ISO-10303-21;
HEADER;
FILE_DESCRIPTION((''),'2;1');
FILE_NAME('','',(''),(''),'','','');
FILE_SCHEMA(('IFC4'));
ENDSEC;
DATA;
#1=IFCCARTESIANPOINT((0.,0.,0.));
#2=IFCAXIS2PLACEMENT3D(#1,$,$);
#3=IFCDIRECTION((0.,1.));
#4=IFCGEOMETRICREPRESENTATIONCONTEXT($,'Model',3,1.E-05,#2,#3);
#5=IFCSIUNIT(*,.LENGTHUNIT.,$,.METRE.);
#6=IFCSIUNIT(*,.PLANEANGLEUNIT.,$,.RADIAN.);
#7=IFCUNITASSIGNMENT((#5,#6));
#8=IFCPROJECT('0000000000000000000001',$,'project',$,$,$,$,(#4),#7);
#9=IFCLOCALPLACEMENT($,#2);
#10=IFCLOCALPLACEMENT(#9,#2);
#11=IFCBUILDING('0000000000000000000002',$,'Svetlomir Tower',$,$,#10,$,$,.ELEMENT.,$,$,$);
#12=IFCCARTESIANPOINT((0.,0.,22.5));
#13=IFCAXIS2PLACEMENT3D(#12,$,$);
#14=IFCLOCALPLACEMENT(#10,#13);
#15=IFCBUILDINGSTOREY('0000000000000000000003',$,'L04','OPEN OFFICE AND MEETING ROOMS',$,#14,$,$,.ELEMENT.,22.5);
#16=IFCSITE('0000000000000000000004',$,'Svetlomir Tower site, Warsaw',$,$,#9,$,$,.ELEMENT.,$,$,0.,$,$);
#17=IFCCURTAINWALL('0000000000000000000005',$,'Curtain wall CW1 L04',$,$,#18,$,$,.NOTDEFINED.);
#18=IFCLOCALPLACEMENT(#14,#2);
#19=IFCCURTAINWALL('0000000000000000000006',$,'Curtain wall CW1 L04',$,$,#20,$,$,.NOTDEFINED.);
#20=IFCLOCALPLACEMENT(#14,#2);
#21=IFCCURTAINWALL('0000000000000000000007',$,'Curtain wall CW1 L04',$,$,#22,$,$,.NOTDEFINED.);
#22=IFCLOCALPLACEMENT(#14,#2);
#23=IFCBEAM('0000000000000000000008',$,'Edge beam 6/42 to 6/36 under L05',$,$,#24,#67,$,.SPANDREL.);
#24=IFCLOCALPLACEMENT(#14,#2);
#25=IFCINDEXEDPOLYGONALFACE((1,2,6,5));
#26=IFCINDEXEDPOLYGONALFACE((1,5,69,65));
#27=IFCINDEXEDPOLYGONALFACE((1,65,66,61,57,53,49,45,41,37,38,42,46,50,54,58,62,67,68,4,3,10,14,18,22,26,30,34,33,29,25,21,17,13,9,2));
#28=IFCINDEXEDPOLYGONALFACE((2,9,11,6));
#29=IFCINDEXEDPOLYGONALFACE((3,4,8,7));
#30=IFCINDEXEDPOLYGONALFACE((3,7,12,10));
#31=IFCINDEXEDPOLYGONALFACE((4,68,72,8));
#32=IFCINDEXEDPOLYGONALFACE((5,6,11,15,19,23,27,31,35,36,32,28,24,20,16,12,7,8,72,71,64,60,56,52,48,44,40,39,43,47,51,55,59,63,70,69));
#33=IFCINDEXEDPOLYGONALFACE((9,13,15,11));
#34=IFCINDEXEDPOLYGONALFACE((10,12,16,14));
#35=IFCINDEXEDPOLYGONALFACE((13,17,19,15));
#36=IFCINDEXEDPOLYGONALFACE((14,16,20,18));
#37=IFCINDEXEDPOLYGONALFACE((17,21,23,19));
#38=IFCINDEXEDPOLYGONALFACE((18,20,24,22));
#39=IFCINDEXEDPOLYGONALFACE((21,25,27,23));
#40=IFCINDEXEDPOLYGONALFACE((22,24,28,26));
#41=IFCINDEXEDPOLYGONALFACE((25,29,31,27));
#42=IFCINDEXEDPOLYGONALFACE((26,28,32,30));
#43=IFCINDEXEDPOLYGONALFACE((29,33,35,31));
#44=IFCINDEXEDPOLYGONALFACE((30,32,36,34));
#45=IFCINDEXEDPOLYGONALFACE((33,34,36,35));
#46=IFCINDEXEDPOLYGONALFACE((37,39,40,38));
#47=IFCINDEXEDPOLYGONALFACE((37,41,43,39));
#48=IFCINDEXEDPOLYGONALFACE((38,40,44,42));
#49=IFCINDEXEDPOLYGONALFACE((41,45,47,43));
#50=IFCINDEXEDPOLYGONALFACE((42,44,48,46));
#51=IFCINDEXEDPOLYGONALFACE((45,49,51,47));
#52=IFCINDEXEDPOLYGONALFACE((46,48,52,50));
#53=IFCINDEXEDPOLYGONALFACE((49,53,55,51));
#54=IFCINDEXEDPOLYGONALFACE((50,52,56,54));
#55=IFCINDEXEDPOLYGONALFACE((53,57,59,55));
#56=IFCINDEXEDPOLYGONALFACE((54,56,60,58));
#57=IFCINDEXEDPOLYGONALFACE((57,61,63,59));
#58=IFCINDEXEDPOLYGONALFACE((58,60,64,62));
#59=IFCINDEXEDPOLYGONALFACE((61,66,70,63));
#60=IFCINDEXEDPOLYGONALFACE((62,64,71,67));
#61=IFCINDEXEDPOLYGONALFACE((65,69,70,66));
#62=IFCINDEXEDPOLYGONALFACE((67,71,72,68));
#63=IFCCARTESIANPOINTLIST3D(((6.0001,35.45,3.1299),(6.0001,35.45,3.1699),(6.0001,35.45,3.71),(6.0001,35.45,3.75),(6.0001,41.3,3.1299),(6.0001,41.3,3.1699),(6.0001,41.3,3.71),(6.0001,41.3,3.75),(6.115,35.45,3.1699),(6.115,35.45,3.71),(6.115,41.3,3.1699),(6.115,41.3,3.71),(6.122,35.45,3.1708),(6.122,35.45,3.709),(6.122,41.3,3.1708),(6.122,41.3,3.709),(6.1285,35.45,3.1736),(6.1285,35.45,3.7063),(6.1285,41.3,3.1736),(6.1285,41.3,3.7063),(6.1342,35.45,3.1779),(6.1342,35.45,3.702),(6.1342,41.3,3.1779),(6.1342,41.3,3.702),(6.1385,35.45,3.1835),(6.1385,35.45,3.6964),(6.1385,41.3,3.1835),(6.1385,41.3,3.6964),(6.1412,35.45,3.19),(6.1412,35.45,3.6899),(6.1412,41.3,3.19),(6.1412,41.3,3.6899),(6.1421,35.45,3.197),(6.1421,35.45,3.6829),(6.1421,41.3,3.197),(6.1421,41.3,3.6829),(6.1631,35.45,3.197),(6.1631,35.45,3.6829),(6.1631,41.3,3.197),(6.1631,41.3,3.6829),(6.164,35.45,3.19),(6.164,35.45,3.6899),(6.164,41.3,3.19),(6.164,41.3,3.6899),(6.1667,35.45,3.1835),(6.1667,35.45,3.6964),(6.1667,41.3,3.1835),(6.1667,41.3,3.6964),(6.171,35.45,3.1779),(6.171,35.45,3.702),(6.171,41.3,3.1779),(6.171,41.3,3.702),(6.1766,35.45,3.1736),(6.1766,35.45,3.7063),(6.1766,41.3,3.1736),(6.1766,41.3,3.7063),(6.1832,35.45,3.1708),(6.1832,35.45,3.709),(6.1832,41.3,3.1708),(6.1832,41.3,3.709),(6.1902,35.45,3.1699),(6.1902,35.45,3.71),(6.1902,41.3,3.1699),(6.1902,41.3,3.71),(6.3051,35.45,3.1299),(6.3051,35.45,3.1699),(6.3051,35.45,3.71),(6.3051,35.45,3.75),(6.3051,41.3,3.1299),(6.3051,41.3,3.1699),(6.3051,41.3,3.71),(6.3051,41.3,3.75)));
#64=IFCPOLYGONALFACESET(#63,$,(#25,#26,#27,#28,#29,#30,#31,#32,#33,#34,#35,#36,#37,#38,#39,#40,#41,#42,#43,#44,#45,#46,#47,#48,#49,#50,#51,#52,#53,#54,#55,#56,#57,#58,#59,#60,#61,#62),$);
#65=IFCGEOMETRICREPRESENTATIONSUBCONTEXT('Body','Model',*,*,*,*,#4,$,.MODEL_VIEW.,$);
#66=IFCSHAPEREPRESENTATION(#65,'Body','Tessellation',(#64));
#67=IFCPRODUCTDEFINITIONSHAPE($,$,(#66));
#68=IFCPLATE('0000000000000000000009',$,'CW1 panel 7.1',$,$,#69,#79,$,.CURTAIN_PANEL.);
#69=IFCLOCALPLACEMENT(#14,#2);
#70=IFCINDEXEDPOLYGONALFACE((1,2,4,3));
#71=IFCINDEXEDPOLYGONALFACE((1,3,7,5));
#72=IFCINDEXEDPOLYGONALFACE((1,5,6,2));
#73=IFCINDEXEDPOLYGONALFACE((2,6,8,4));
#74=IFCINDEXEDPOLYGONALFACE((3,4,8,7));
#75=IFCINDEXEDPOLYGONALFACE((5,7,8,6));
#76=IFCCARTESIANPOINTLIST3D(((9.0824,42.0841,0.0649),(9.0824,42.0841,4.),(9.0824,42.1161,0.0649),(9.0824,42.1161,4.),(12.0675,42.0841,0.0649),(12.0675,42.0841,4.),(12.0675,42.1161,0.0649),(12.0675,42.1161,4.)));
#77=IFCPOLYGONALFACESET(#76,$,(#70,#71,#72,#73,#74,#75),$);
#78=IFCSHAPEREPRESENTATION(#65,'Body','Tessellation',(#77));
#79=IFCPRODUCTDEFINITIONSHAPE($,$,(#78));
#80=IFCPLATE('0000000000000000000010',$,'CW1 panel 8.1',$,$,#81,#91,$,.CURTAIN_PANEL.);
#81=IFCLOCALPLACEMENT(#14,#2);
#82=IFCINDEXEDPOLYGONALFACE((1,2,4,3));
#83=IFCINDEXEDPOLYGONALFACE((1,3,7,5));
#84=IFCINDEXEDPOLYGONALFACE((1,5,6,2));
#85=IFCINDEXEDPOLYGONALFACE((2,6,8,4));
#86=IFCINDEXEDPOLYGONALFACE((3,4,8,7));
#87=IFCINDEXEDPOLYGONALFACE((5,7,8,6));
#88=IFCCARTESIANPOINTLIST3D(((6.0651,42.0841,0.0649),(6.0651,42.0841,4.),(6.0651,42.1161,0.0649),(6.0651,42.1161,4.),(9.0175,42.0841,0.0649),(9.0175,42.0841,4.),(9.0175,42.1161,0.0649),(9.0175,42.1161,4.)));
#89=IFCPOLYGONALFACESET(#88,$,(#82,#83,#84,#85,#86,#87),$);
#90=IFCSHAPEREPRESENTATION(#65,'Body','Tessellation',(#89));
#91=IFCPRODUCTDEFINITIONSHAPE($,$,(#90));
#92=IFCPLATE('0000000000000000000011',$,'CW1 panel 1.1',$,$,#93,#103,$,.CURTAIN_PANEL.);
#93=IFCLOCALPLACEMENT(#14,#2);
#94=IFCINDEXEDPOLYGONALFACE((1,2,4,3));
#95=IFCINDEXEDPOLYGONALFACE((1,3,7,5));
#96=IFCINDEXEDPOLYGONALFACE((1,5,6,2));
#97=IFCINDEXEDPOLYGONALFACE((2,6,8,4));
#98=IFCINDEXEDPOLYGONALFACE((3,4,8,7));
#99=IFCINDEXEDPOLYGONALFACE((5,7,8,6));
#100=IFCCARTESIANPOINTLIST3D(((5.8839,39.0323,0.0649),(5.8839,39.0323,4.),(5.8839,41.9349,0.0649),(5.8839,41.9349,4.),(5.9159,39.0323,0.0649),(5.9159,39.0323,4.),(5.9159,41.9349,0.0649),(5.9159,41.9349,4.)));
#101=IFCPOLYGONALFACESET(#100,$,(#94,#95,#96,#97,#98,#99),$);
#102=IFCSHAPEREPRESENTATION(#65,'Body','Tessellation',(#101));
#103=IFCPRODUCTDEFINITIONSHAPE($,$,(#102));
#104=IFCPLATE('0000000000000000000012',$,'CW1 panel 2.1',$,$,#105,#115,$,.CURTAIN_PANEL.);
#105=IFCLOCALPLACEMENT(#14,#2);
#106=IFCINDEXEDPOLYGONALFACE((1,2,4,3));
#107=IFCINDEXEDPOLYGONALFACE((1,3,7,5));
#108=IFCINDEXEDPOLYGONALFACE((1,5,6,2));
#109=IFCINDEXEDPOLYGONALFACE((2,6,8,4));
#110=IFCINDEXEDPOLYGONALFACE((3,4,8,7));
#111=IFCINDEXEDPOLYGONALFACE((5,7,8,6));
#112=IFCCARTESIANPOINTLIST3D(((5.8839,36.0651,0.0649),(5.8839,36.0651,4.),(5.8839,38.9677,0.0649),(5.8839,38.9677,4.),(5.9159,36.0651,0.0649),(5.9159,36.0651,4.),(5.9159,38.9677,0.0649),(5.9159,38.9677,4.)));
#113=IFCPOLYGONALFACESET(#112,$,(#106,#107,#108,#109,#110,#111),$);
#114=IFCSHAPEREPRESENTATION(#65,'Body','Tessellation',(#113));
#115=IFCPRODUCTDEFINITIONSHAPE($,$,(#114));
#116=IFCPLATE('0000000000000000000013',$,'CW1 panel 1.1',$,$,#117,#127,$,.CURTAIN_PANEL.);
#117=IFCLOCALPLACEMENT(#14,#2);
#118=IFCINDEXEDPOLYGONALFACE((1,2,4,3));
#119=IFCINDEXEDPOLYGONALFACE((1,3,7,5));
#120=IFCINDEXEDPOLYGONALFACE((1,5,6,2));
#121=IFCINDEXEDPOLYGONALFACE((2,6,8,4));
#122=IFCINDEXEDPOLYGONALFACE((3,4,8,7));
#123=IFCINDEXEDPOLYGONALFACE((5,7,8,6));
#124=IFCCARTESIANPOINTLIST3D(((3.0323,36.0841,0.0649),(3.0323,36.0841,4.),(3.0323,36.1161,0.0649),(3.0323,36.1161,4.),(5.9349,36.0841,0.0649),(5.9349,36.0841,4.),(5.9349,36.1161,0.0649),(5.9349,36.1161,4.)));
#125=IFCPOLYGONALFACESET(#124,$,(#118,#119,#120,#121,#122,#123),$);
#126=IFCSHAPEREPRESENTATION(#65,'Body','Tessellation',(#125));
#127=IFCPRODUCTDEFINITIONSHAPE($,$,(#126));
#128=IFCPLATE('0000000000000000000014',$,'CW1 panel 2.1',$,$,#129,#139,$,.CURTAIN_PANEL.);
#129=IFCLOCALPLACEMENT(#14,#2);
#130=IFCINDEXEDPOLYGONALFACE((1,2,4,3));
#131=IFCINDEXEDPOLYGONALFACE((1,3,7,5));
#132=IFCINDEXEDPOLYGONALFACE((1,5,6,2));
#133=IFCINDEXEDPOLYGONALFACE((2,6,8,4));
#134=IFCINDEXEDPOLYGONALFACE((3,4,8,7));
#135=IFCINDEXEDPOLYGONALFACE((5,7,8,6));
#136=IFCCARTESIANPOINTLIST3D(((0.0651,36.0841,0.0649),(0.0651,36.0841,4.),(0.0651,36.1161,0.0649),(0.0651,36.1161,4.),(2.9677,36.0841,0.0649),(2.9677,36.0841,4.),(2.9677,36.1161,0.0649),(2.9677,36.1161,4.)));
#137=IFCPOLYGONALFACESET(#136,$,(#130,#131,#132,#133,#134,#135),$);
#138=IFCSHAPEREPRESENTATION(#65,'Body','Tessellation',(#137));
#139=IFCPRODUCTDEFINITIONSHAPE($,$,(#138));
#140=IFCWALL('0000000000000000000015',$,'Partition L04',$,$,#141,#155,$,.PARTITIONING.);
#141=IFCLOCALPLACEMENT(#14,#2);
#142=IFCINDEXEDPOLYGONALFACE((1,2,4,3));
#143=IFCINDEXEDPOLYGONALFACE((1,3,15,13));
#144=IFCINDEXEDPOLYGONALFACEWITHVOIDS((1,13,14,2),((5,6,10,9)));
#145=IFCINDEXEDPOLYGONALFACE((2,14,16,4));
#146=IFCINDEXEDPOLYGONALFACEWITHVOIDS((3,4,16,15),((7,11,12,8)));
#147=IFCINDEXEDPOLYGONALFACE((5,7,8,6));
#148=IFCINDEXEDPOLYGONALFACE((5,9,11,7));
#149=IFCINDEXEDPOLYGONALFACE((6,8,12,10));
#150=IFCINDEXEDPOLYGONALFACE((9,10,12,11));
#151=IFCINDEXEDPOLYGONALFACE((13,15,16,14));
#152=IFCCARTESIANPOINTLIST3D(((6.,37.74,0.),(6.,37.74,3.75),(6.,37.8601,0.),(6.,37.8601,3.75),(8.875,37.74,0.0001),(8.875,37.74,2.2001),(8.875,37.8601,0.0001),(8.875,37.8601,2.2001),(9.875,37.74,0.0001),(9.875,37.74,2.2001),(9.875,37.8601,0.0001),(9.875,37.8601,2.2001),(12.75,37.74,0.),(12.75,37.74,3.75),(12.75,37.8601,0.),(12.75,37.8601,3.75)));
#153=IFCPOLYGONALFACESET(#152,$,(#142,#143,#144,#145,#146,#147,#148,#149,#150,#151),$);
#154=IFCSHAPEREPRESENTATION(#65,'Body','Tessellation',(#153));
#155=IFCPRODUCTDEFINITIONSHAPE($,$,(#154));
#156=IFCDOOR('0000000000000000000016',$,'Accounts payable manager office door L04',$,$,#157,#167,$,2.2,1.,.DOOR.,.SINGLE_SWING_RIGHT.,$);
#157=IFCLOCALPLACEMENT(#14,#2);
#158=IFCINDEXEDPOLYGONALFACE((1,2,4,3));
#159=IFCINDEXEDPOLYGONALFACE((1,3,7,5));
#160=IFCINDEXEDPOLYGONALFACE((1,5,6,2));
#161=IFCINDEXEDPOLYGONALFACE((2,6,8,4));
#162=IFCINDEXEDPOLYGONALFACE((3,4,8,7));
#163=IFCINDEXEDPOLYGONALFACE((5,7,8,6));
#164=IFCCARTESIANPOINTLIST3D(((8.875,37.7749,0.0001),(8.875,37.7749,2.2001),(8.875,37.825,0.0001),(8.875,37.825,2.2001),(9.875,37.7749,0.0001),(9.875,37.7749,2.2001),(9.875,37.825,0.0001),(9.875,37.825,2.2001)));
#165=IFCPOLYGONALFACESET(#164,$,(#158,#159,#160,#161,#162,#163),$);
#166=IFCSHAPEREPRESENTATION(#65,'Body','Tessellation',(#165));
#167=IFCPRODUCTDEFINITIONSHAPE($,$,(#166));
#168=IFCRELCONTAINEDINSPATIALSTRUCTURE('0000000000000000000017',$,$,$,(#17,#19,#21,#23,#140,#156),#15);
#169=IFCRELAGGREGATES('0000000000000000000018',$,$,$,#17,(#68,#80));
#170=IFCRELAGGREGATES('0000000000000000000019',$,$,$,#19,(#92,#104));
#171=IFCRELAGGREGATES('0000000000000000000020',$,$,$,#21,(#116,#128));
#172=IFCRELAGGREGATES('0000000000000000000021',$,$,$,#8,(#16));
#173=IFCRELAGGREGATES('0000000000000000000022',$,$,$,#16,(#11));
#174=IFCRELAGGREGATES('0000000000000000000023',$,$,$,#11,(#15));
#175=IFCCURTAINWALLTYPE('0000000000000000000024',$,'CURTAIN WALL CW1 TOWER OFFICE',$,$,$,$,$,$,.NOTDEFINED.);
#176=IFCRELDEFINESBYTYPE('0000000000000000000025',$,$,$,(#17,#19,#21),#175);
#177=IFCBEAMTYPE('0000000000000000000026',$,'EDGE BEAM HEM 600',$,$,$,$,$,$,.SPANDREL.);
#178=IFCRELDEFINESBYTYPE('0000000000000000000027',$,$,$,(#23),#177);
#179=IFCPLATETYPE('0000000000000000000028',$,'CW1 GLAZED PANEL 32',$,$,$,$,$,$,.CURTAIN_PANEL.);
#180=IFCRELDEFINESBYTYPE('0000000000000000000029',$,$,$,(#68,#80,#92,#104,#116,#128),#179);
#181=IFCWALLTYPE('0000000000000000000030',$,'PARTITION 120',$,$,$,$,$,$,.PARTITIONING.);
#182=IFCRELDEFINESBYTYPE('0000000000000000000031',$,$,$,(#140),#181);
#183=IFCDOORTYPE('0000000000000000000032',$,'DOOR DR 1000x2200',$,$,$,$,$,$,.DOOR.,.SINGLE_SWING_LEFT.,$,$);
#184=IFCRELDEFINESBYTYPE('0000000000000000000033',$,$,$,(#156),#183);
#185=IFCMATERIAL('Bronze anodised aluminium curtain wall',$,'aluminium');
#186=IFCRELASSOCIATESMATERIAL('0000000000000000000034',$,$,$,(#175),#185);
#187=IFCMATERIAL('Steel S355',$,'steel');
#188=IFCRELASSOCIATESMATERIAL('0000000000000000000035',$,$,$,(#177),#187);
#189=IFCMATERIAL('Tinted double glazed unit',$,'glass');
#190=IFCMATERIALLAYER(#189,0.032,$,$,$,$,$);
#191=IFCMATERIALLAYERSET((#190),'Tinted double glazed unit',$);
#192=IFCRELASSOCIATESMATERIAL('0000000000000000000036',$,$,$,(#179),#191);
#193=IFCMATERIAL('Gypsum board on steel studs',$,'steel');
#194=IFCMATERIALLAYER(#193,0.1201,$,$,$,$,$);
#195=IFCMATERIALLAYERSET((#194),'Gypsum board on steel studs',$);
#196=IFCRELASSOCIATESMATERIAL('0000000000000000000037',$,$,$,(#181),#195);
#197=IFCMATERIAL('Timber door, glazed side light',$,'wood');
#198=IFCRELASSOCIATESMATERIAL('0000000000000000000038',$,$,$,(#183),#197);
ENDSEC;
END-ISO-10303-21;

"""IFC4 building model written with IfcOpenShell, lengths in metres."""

from ifc_helpers import new_model, si_unit, direction, frame, frame_2d, origin, origin_2d, place, context, subcontext, project, spatial, rectangle, i_section, extrude, material, layer, layer_set, material_profile, profile_set, type_object, element, fill, aggregate, save


model = new_model("IFC4")

# Units and contexts
model_context = context("Model", 3, precision=1e-05, world=origin(), true_north=direction((0.0, 1.0)))
body_context = subcontext(model_context, "Body", "Model", "MODEL_VIEW")
ifc_project = project(units=[si_unit("LENGTHUNIT", "METRE"), si_unit("PLANEANGLEUNIT", "RADIAN")], contexts=[model_context])

# Site, building, storey
site_placement = place(None, origin())
site = spatial("IfcSite", under=ifc_project, at=site_placement, Name="Svetlomir Tower site, Warsaw", CompositionType="ELEMENT", RefElevation=0.0)
building_placement = place(site_placement, origin())
building = spatial("IfcBuilding", under=site, at=building_placement, Name="Svetlomir Tower", CompositionType="ELEMENT")
storey_placement = place(building_placement, frame((0.0, 0.0, 22.5)))
storey = spatial("IfcBuildingStorey", under=building, at=storey_placement, Name="L04", Description="OPEN OFFICE AND MEETING ROOMS", CompositionType="ELEMENT", Elevation=22.5)

# Curtain walls
ifc_material_1 = material(Name="Bronze anodised aluminium curtain wall", Category="aluminium")
curtain_wall_type = type_object("IfcCurtainWallType", Name="CURTAIN WALL CW1 TOWER OFFICE", PredefinedType="NOTDEFINED", material=ifc_material_1)
curtain_wall_1_placement = place(storey_placement, origin())
curtain_wall_1 = element("IfcCurtainWall", 1, at=curtain_wall_1_placement, inside=storey, type_object=curtain_wall_type, Name="Curtain wall CW1 L04", PredefinedType="NOTDEFINED")
curtain_wall_2_placement = place(storey_placement, origin())
curtain_wall_2 = element("IfcCurtainWall", 2, at=curtain_wall_2_placement, inside=storey, type_object=curtain_wall_type, Name="Curtain wall CW1 L04", PredefinedType="NOTDEFINED")
curtain_wall_3_placement = place(storey_placement, origin())
curtain_wall_3 = element("IfcCurtainWall", 3, at=curtain_wall_3_placement, inside=storey, type_object=curtain_wall_type, Name="Curtain wall CW1 L04", PredefinedType="NOTDEFINED")

# Beam
ifc_material_2 = material(Name="Steel S355", Category="steel")
ifc_material_profile_1 = material_profile(ifc_material_2, i_section(OverallWidth=0.3049, OverallDepth=0.6201, WebThickness=0.021, FlangeThickness=0.04, FilletRadius=0.0271, at=origin_2d()), Name="HEM 600")
ifc_profile_set_1 = profile_set([ifc_material_profile_1], Name="Steel S355")
beam_type = type_object("IfcBeamType", Name="EDGE BEAM HEM 600", PredefinedType="SPANDREL", material=ifc_profile_set_1)
beam_1_placement = place(storey_placement, frame((6.1526, 41.3, 3.4399), z_axis=(0.0, -1.0, 0.0), x_axis=(1.0, 0.0, 0.0)))
element("IfcBeam", 4, at=beam_1_placement, inside=storey, type_object=beam_type, Name="Edge beam 6/42 to 6/36 under L05", PredefinedType="SPANDREL", context=body_context, shape_type="SweptSolid", body=[
    extrude(i_section(OverallWidth=0.3049, OverallDepth=0.6201, WebThickness=0.021, FlangeThickness=0.04, FilletRadius=0.0271, at=origin_2d()), origin(), (0.0, 0.0, 1.0), 5.8501),
])

# Plates
ifc_material_3 = material(Name="Tinted double glazed unit", Category="glass")
ifc_layer_1 = layer(ifc_material_3, 0.032)
ifc_layer_set_1 = layer_set([ifc_layer_1], Name="Tinted double glazed unit")
plate_type = type_object("IfcPlateType", Name="CW1 GLAZED PANEL 32", PredefinedType="CURTAIN_PANEL", material=ifc_layer_set_1)
plate_1_placement = place(storey_placement, frame((10.575, 42.1001, 0.0649), z_axis=(0.0, 0.0, 1.0), x_axis=(-1.0, 0.0, 0.0)))
plate_1 = element("IfcPlate", 5, at=plate_1_placement, type_object=plate_type, Name="CW1 panel 7.1", PredefinedType="CURTAIN_PANEL", context=body_context, shape_type="SweptSolid", body=[
    extrude(rectangle(XDim=2.9851, YDim=0.032, at=origin_2d()), origin(), (0.0, 0.0, 1.0), 3.9351),
])
plate_2_placement = place(storey_placement, frame((7.5413, 42.1001, 0.0649), z_axis=(0.0, 0.0, 1.0), x_axis=(-1.0, 0.0, 0.0)))
plate_2 = element("IfcPlate", 6, at=plate_2_placement, type_object=plate_type, Name="CW1 panel 8.1", PredefinedType="CURTAIN_PANEL", context=body_context, shape_type="SweptSolid", body=[
    extrude(rectangle(XDim=2.9524, YDim=0.032, at=origin_2d()), origin(), (0.0, 0.0, 1.0), 3.9351),
])
aggregate(curtain_wall_1, [plate_1, plate_2])
plate_3_placement = place(storey_placement, frame((5.8999, 40.4836, 0.0649), z_axis=(0.0, 0.0, 1.0), x_axis=(0.0, -1.0, 0.0)))
plate_3 = element("IfcPlate", 7, at=plate_3_placement, type_object=plate_type, Name="CW1 panel 1.1", PredefinedType="CURTAIN_PANEL", context=body_context, shape_type="SweptSolid", body=[
    extrude(rectangle(XDim=2.9026, YDim=0.032, at=origin_2d()), origin(), (0.0, 0.0, 1.0), 3.9351),
])
plate_4_placement = place(storey_placement, frame((5.8999, 37.5164, 0.0649), z_axis=(0.0, 0.0, 1.0), x_axis=(0.0, -1.0, 0.0)))
plate_4 = element("IfcPlate", 8, at=plate_4_placement, type_object=plate_type, Name="CW1 panel 2.1", PredefinedType="CURTAIN_PANEL", context=body_context, shape_type="SweptSolid", body=[
    extrude(rectangle(XDim=2.9026, YDim=0.032, at=origin_2d()), origin(), (0.0, 0.0, 1.0), 3.9351),
])
aggregate(curtain_wall_2, [plate_3, plate_4])
plate_5_placement = place(storey_placement, frame((4.4836, 36.1001, 0.0649), z_axis=(0.0, 0.0, 1.0), x_axis=(-1.0, 0.0, 0.0)))
plate_5 = element("IfcPlate", 9, at=plate_5_placement, type_object=plate_type, Name="CW1 panel 1.1", PredefinedType="CURTAIN_PANEL", context=body_context, shape_type="SweptSolid", body=[
    extrude(rectangle(XDim=2.9026, YDim=0.032, at=origin_2d()), origin(), (0.0, 0.0, 1.0), 3.9351),
])
plate_6_placement = place(storey_placement, frame((1.5164, 36.1001, 0.0649), z_axis=(0.0, 0.0, 1.0), x_axis=(-1.0, 0.0, 0.0)))
plate_6 = element("IfcPlate", 10, at=plate_6_placement, type_object=plate_type, Name="CW1 panel 2.1", PredefinedType="CURTAIN_PANEL", context=body_context, shape_type="SweptSolid", body=[
    extrude(rectangle(XDim=2.9026, YDim=0.032, at=origin_2d()), origin(), (0.0, 0.0, 1.0), 3.9351),
])
aggregate(curtain_wall_3, [plate_5, plate_6])

# Wall, opening, door
ifc_material_4 = material(Name="Gypsum board on steel studs", Category="steel")
ifc_layer_2 = layer(ifc_material_4, 0.1201)
ifc_layer_set_2 = layer_set([ifc_layer_2], Name="Gypsum board on steel studs")
wall_type = type_object("IfcWallType", Name="PARTITION 120", PredefinedType="PARTITIONING", material=ifc_layer_set_2)
wall_placement = place(storey_placement, frame((6.0, 37.8, 0.0), z_axis=(0.0, 0.0, 1.0), x_axis=(1.0, 0.0, 0.0)))
wall = element("IfcWall", 11, at=wall_placement, inside=storey, type_object=wall_type, Name="Partition L04", PredefinedType="PARTITIONING", context=body_context, shape_type="SweptSolid", body=[
    extrude(rectangle(XDim=6.75, YDim=0.1201, at=frame_2d((3.375, 0.0))), origin(), (0.0, 0.0, 1.0), 3.75),
])
opening_placement = place(wall_placement, frame((2.875, 0.0, 0.0)))
opening = element("IfcOpeningElement", 12, at=opening_placement, cuts=wall, PredefinedType="OPENING", context=body_context, shape_type="SweptSolid", body=[
    extrude(rectangle(XDim=1.0, YDim=2.2, at=frame_2d((0.5, 1.1001))), frame((0.0, 0.0701, 0.0), z_axis=(0.0, -1.0, 0.0), x_axis=(1.0, 0.0, 0.0)), (0.0, 0.0, 1.0), 0.1401),
])
ifc_material_5 = material(Name="Timber door, glazed side light", Category="wood")
door_type = type_object("IfcDoorType", Name="DOOR DR 1000x2200", OperationType="SINGLE_SWING_LEFT", PredefinedType="DOOR", material=ifc_material_5)
door_placement = place(opening_placement, origin())
door = element("IfcDoor", 13, at=door_placement, inside=storey, type_object=door_type, Name="Accounts payable manager office door L04", OperationType="SINGLE_SWING_RIGHT", OverallHeight=2.2, OverallWidth=1.0, PredefinedType="DOOR", context=body_context, shape_type="SweptSolid", body=[
    extrude(rectangle(XDim=1.0, YDim=2.2, at=frame_2d((0.5, 1.1001))), frame((0.0, 0.0249, 0.0), z_axis=(0.0, -1.0, 0.0), x_axis=(1.0, 0.0, 0.0)), (0.0, 0.0, 1.0), 0.05),
])
fill(opening, door)

save(model, "model.ifc")
